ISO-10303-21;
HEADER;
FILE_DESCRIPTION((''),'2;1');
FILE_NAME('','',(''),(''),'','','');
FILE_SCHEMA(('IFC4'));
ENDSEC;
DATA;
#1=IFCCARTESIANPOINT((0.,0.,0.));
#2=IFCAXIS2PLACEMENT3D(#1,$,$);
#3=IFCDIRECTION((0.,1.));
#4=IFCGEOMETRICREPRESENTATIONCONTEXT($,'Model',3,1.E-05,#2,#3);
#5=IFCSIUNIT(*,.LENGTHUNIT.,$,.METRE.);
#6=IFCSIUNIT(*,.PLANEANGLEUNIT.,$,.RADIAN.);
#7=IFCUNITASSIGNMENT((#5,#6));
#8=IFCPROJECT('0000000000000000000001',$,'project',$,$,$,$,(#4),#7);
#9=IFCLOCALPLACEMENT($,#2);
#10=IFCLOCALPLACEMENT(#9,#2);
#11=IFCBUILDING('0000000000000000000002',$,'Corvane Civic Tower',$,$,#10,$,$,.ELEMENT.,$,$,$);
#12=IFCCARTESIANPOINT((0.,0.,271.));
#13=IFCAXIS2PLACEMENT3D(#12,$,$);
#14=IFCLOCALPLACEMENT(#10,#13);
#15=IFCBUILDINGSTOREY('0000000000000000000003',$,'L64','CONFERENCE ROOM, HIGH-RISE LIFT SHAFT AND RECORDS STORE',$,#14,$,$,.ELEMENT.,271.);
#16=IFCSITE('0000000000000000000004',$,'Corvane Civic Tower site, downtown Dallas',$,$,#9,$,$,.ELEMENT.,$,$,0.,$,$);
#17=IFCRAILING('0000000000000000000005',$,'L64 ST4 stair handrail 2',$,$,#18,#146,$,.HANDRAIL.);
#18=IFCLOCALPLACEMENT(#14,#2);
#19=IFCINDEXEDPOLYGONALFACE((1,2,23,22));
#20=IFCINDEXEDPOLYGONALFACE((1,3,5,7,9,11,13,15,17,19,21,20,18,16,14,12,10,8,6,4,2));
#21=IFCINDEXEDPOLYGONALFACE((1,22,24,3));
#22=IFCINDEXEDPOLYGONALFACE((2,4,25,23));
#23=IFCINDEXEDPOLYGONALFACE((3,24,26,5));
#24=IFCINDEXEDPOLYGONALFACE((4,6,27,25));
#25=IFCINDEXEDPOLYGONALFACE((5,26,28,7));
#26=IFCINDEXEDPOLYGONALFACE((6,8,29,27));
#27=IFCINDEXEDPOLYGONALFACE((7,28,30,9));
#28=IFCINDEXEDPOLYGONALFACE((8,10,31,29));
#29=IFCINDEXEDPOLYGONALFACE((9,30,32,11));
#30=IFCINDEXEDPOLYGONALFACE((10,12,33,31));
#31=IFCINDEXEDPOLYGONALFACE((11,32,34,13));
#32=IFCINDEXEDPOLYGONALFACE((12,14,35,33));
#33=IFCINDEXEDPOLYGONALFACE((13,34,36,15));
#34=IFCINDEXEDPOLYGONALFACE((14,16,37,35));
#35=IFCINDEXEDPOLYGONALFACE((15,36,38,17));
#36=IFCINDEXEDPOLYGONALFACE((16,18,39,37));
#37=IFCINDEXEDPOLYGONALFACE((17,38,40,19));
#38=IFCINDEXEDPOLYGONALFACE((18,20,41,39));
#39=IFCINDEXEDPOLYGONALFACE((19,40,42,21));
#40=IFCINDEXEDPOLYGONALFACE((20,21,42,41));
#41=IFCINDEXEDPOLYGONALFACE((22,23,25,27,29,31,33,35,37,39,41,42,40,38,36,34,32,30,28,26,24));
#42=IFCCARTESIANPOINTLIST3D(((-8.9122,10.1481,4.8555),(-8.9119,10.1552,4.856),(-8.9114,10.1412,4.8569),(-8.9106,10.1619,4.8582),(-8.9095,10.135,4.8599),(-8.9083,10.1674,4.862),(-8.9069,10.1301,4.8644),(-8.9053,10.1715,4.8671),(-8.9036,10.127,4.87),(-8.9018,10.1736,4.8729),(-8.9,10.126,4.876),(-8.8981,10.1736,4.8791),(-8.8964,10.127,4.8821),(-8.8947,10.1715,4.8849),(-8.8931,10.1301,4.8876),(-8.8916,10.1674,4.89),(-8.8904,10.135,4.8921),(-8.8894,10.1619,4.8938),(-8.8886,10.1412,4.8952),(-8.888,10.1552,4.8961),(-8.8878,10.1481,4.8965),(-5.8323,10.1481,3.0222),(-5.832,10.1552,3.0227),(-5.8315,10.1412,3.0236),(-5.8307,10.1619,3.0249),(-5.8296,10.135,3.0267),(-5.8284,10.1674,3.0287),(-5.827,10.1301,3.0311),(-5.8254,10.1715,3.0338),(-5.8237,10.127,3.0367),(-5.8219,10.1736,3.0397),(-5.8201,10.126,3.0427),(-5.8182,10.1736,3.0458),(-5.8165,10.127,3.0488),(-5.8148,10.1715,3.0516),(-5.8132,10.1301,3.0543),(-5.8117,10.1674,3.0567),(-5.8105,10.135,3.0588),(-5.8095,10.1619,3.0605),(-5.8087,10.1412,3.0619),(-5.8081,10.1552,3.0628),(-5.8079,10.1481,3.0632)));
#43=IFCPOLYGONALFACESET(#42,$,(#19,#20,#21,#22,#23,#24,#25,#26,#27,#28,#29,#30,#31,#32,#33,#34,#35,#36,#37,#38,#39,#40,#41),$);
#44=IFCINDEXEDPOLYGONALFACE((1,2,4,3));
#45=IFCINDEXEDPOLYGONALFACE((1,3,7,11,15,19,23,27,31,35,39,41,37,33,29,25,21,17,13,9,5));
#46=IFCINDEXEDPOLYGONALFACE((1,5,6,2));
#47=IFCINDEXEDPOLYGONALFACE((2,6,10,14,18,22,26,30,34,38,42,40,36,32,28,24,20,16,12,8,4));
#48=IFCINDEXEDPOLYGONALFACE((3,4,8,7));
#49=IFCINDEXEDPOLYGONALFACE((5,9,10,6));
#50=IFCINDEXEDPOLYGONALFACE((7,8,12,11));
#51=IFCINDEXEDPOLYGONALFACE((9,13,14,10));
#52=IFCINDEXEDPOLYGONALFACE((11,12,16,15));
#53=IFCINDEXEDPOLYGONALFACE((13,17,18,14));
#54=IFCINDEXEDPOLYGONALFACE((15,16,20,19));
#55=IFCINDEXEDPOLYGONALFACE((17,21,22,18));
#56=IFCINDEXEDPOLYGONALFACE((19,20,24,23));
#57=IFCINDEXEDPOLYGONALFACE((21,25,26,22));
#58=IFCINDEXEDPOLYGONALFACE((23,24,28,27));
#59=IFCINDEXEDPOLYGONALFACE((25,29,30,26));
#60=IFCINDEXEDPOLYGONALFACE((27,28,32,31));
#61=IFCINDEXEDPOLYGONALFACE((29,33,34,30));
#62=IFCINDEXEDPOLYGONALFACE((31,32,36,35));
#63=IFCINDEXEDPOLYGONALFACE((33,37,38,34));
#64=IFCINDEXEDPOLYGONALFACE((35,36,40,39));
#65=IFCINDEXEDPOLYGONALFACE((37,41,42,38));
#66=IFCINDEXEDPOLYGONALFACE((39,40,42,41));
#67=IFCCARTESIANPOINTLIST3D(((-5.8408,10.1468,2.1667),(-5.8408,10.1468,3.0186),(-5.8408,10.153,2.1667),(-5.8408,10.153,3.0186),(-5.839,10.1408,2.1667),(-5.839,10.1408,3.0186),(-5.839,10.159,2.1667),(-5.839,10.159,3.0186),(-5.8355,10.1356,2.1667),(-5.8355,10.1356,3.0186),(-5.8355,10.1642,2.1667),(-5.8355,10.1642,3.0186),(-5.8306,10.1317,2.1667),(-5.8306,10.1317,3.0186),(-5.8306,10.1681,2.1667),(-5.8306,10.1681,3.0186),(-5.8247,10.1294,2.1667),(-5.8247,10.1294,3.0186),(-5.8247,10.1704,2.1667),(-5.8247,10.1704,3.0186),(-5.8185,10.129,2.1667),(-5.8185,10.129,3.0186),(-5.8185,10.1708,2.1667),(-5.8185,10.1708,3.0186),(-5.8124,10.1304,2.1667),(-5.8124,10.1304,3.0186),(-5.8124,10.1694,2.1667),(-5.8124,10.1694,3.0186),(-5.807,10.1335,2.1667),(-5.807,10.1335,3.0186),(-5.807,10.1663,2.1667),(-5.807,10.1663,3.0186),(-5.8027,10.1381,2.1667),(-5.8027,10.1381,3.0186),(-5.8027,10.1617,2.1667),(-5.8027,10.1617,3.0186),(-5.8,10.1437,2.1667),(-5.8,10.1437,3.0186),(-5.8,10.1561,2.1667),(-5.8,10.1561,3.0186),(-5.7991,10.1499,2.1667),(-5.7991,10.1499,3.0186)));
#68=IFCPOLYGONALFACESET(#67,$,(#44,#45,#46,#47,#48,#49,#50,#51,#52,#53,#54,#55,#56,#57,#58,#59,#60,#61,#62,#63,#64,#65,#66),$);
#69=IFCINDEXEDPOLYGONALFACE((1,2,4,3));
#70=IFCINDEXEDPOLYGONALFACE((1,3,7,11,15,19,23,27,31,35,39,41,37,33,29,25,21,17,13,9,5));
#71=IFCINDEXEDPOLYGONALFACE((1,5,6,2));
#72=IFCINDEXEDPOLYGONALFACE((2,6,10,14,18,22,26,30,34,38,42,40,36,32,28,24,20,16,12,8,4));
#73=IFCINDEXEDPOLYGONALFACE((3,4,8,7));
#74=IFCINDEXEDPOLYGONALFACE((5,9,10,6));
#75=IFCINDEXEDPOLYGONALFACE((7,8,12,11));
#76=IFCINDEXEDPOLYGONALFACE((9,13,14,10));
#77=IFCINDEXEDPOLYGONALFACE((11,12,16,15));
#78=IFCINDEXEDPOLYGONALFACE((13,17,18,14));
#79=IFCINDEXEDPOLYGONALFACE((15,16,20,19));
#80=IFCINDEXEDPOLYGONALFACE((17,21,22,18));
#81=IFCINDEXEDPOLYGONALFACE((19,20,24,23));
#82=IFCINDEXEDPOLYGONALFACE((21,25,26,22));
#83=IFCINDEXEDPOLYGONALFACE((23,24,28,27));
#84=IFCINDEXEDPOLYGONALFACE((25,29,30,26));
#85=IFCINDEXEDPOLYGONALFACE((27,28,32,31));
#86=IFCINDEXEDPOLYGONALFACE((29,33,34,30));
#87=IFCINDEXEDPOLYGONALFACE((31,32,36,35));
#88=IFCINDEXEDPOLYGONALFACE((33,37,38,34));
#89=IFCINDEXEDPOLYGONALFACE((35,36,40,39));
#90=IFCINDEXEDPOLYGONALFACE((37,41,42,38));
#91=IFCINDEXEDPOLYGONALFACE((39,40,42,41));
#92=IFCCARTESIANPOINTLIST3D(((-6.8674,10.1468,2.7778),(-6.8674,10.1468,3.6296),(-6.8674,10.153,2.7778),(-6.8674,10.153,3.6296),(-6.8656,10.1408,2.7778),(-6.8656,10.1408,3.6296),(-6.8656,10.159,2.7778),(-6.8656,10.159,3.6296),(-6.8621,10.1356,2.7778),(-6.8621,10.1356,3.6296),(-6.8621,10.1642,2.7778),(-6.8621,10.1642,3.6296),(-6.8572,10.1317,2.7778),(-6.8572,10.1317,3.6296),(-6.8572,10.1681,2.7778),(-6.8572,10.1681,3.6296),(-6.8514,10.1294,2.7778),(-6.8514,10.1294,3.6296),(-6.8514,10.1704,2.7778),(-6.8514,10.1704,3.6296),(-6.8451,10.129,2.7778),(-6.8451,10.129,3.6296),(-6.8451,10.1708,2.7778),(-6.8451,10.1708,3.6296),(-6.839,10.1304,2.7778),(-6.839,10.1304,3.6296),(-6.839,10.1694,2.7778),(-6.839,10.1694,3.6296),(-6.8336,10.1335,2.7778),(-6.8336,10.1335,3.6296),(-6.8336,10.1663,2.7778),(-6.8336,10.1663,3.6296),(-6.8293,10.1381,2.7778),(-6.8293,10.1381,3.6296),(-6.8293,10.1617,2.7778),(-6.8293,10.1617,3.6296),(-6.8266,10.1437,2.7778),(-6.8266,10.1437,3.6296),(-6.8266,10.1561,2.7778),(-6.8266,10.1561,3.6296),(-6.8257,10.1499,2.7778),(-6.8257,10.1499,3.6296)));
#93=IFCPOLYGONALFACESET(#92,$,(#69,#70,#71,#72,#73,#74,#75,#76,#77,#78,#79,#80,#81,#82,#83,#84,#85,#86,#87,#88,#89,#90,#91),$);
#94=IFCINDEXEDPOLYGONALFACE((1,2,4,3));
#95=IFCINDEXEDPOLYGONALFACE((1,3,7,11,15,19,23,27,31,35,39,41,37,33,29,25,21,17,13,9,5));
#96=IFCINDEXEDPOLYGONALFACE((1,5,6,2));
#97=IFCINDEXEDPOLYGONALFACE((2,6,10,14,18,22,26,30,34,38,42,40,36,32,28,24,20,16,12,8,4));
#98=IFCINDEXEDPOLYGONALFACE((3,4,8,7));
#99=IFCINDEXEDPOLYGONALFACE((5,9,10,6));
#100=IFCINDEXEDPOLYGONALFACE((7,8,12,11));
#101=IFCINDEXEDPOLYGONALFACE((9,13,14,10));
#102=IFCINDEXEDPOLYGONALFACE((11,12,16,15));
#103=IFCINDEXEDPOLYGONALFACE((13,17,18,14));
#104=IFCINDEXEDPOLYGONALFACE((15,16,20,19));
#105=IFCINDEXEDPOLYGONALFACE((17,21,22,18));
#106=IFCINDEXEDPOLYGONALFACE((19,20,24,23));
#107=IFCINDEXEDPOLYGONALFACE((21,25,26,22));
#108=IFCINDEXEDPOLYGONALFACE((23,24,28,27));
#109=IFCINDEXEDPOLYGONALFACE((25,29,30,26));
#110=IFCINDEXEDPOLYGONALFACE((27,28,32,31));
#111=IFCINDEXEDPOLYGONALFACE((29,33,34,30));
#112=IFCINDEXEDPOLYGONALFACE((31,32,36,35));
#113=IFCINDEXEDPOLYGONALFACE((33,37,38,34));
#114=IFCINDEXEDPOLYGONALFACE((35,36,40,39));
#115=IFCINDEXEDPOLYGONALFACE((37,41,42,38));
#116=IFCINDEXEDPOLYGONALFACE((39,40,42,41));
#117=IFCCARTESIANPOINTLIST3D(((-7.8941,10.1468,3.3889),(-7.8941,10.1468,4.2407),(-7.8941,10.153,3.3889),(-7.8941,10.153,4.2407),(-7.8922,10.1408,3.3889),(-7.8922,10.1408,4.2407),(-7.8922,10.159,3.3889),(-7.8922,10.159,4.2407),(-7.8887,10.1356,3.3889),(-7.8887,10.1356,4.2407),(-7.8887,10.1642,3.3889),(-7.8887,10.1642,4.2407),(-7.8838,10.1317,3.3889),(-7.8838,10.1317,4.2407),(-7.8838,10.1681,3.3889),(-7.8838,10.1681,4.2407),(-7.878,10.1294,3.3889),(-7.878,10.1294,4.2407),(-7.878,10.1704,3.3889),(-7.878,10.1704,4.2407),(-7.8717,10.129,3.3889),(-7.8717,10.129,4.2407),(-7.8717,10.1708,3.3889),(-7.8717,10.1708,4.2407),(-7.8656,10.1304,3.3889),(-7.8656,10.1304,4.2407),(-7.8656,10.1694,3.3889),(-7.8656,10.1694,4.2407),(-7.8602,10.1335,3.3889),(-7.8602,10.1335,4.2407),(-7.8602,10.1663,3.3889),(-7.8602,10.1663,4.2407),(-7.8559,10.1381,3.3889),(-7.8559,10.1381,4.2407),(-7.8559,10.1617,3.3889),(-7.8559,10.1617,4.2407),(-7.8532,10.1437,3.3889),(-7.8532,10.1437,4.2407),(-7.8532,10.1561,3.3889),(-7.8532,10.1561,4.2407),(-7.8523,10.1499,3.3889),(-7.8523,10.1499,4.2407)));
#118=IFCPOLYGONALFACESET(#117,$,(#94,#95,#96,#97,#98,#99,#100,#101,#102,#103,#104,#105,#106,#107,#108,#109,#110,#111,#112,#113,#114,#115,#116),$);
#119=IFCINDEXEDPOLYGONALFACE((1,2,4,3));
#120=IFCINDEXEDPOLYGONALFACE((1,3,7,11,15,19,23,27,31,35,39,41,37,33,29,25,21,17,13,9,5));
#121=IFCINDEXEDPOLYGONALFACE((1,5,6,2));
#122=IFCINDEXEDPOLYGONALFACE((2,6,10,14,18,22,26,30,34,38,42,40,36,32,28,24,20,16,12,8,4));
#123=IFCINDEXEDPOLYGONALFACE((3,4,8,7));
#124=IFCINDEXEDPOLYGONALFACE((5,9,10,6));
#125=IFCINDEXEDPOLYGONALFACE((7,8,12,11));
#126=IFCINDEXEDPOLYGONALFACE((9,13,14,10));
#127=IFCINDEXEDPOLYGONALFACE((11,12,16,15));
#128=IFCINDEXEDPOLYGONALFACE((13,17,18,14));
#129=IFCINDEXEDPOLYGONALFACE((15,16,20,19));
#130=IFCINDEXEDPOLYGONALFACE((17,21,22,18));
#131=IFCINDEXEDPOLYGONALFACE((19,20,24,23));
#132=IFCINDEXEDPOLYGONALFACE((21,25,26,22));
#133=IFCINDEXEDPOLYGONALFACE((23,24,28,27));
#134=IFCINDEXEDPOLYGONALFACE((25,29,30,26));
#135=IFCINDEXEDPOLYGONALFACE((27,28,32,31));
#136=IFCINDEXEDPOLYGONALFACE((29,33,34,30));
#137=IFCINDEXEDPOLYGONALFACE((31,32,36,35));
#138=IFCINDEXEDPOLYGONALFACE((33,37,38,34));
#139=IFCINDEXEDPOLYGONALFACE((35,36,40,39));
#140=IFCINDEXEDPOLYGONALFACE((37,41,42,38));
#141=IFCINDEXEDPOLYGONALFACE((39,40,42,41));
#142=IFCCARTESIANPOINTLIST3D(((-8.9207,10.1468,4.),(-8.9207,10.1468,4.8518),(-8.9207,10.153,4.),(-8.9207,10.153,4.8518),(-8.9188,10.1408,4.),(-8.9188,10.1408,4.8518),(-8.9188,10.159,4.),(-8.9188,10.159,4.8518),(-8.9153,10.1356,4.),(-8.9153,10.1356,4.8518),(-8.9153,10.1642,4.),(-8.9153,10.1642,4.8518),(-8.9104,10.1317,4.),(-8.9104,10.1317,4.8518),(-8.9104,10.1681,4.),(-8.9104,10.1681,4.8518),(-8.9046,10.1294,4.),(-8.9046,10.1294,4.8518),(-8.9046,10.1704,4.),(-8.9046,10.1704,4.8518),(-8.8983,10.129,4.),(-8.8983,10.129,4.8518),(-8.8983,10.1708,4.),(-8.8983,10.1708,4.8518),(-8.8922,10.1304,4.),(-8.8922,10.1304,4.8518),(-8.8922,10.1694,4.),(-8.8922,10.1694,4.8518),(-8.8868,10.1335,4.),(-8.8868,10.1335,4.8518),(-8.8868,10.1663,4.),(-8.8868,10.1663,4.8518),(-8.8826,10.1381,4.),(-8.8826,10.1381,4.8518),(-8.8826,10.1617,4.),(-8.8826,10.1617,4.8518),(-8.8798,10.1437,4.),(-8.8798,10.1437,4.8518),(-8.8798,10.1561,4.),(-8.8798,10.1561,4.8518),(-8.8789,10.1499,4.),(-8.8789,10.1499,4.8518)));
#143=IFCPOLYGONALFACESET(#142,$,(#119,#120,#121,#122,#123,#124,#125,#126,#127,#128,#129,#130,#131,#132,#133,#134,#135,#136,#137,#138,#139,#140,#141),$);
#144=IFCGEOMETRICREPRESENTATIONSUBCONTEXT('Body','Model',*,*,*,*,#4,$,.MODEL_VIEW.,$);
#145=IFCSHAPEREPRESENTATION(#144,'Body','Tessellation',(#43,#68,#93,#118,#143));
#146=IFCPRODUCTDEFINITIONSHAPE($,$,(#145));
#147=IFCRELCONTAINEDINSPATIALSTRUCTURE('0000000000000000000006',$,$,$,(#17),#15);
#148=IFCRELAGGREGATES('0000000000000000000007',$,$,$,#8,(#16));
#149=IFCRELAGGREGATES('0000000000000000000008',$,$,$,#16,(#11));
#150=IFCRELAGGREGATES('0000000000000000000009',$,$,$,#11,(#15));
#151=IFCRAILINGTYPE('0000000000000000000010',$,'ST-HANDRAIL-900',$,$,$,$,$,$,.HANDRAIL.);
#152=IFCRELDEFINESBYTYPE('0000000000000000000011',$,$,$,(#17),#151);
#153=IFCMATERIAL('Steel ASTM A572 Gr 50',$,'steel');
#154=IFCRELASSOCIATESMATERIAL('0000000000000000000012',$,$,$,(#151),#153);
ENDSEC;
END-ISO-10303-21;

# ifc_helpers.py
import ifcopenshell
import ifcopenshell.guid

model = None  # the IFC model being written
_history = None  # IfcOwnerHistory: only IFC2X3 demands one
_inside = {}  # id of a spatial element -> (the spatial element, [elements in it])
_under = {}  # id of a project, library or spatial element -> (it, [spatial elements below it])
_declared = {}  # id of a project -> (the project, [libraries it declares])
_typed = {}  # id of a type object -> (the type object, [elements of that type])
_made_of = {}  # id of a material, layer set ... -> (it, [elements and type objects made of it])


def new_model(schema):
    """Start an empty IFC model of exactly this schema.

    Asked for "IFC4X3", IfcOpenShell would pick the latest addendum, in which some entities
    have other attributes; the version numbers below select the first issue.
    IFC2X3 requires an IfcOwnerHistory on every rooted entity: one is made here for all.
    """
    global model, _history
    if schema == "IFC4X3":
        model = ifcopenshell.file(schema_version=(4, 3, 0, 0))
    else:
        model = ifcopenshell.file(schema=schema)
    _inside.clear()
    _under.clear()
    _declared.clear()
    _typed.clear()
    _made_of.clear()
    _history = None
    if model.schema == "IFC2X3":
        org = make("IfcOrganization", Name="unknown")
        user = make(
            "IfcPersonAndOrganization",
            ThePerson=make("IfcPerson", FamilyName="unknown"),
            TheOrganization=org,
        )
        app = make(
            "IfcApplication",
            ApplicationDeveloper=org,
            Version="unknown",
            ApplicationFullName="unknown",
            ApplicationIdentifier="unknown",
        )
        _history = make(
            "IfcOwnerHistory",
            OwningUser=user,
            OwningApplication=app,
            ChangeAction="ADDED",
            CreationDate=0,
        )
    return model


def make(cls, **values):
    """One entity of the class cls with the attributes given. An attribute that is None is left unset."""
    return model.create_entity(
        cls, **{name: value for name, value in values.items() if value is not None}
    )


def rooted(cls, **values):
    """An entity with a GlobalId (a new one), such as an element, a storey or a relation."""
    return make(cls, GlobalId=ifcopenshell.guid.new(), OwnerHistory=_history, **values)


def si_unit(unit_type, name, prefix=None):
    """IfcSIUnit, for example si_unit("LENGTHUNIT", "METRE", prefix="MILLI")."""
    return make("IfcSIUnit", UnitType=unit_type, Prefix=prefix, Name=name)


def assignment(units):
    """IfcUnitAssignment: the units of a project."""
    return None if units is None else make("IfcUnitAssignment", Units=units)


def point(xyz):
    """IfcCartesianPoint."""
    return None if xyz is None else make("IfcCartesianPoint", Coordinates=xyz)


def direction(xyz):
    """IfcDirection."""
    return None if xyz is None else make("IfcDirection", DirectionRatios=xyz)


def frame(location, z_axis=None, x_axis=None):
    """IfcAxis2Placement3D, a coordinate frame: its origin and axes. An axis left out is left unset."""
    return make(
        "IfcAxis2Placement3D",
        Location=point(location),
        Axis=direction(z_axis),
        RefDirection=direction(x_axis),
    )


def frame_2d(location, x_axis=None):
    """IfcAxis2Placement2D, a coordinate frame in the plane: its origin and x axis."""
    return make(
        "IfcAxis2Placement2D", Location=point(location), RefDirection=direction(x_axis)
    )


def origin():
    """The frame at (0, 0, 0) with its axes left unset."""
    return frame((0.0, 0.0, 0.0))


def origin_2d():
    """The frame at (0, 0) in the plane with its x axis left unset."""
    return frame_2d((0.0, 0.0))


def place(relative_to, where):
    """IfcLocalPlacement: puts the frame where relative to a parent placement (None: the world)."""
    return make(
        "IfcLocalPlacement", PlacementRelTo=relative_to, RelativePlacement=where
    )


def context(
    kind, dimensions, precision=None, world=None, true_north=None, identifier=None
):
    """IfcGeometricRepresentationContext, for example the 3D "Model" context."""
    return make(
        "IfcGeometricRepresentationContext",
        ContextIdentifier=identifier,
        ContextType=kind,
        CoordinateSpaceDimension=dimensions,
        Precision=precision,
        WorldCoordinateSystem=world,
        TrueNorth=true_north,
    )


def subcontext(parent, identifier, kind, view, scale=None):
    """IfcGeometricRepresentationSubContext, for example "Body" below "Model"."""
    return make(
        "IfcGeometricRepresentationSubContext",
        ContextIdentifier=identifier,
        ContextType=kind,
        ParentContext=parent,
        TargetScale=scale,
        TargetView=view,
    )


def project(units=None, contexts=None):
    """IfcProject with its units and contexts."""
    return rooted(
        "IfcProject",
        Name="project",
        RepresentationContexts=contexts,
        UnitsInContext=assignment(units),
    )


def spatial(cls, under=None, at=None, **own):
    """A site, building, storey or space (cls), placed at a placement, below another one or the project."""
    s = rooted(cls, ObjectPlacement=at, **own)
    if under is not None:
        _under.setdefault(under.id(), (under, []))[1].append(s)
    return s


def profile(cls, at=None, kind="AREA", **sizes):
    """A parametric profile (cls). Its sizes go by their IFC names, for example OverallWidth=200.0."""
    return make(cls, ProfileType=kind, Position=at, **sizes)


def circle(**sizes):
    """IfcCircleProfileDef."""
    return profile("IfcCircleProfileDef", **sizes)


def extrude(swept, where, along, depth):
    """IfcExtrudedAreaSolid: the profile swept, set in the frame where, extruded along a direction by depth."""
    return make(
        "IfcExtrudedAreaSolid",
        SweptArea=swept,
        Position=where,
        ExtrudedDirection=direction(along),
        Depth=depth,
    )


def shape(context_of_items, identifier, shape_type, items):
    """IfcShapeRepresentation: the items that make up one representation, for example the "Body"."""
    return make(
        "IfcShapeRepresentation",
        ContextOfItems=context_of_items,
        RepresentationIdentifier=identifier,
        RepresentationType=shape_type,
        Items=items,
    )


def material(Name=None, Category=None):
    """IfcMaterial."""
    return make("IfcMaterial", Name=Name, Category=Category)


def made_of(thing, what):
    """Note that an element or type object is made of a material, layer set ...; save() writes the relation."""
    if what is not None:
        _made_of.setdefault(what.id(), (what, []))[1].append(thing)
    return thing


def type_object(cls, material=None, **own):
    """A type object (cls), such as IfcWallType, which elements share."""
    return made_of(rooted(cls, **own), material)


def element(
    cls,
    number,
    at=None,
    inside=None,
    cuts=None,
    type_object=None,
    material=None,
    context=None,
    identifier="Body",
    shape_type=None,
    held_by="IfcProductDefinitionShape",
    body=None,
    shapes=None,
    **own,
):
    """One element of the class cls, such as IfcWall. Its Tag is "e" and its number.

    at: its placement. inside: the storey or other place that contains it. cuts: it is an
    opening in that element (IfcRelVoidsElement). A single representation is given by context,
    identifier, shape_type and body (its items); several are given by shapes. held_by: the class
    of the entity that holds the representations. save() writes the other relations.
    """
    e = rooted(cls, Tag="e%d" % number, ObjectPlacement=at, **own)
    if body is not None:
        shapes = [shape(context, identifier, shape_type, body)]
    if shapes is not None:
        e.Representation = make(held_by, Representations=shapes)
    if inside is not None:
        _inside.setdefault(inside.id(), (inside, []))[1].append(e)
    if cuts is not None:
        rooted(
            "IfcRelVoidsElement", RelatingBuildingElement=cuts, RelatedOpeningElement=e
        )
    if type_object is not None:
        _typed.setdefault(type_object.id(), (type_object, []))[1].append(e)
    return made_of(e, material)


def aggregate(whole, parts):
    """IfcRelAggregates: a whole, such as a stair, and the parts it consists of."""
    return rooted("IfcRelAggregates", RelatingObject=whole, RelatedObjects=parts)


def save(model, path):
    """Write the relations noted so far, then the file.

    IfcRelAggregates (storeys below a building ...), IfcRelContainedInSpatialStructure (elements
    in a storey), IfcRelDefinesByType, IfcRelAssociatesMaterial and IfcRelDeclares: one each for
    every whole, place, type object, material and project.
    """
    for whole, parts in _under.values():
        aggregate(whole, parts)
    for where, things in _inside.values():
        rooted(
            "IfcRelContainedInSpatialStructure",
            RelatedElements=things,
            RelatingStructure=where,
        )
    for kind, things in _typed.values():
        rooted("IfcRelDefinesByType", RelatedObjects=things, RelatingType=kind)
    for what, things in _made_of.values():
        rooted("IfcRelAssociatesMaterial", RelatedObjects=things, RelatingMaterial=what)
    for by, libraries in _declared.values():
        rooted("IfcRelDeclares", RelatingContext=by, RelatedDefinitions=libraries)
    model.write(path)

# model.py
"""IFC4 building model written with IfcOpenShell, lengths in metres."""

from ifc_helpers import new_model, si_unit, direction, frame, origin, origin_2d, place, context, subcontext, project, spatial, circle, extrude, material, type_object, element, save


model = new_model("IFC4")

# Units and contexts
model_context = context("Model", 3, precision=1e-05, world=origin(), true_north=direction((0.0, 1.0)))
body_context = subcontext(model_context, "Body", "Model", "MODEL_VIEW")
ifc_project = project(units=[si_unit("LENGTHUNIT", "METRE"), si_unit("PLANEANGLEUNIT", "RADIAN")], contexts=[model_context])

# Site, building, storey
site_placement = place(None, origin())
site = spatial("IfcSite", under=ifc_project, at=site_placement, Name="Corvane Civic Tower site, downtown Dallas", CompositionType="ELEMENT", RefElevation=0.0)
building_placement = place(site_placement, origin())
building = spatial("IfcBuilding", under=site, at=building_placement, Name="Corvane Civic Tower", CompositionType="ELEMENT")
storey_placement = place(building_placement, frame((0.0, 0.0, 271.0)))
storey = spatial("IfcBuildingStorey", under=building, at=storey_placement, Name="L64", Description="CONFERENCE ROOM, HIGH-RISE LIFT SHAFT AND RECORDS STORE", CompositionType="ELEMENT", Elevation=271.0)

# Railing
ifc_material_1 = material(Name="Steel ASTM A572 Gr 50", Category="steel")
railing_type_1 = type_object("IfcRailingType", Name="ST-HANDRAIL-900", PredefinedType="HANDRAIL", material=ifc_material_1)
railing_1_placement = place(storey_placement, frame((-5.8201, 10.1499, 2.1667)))
element("IfcRailing", 1, at=railing_1_placement, inside=storey, type_object=railing_type_1, Name="L64 ST4 stair handrail 2", PredefinedType="HANDRAIL", context=body_context, shape_type="SweptSolid", body=[
    extrude(circle(Radius=0.0239, at=origin_2d()), frame((0.0, 0.0, 0.876), z_axis=(-0.859291, 0.0, 0.511487), x_axis=(0.0, -1.0, 0.0)), (0.0, 0.0, 1.0), 3.5842),
    extrude(circle(Radius=0.021, at=origin_2d()), origin(), (0.0, 0.0, 1.0), 0.8518),
    extrude(circle(Radius=0.021, at=origin_2d()), frame((-1.0266, 0.0, 0.6111)), (0.0, 0.0, 1.0), 0.8518),
    extrude(circle(Radius=0.021, at=origin_2d()), frame((-2.0532, 0.0, 1.2222)), (0.0, 0.0, 1.0), 0.8518),
    extrude(circle(Radius=0.021, at=origin_2d()), frame((-3.0798, 0.0, 1.8333)), (0.0, 0.0, 1.0), 0.8518),
])

save(model, "model.ifc")
